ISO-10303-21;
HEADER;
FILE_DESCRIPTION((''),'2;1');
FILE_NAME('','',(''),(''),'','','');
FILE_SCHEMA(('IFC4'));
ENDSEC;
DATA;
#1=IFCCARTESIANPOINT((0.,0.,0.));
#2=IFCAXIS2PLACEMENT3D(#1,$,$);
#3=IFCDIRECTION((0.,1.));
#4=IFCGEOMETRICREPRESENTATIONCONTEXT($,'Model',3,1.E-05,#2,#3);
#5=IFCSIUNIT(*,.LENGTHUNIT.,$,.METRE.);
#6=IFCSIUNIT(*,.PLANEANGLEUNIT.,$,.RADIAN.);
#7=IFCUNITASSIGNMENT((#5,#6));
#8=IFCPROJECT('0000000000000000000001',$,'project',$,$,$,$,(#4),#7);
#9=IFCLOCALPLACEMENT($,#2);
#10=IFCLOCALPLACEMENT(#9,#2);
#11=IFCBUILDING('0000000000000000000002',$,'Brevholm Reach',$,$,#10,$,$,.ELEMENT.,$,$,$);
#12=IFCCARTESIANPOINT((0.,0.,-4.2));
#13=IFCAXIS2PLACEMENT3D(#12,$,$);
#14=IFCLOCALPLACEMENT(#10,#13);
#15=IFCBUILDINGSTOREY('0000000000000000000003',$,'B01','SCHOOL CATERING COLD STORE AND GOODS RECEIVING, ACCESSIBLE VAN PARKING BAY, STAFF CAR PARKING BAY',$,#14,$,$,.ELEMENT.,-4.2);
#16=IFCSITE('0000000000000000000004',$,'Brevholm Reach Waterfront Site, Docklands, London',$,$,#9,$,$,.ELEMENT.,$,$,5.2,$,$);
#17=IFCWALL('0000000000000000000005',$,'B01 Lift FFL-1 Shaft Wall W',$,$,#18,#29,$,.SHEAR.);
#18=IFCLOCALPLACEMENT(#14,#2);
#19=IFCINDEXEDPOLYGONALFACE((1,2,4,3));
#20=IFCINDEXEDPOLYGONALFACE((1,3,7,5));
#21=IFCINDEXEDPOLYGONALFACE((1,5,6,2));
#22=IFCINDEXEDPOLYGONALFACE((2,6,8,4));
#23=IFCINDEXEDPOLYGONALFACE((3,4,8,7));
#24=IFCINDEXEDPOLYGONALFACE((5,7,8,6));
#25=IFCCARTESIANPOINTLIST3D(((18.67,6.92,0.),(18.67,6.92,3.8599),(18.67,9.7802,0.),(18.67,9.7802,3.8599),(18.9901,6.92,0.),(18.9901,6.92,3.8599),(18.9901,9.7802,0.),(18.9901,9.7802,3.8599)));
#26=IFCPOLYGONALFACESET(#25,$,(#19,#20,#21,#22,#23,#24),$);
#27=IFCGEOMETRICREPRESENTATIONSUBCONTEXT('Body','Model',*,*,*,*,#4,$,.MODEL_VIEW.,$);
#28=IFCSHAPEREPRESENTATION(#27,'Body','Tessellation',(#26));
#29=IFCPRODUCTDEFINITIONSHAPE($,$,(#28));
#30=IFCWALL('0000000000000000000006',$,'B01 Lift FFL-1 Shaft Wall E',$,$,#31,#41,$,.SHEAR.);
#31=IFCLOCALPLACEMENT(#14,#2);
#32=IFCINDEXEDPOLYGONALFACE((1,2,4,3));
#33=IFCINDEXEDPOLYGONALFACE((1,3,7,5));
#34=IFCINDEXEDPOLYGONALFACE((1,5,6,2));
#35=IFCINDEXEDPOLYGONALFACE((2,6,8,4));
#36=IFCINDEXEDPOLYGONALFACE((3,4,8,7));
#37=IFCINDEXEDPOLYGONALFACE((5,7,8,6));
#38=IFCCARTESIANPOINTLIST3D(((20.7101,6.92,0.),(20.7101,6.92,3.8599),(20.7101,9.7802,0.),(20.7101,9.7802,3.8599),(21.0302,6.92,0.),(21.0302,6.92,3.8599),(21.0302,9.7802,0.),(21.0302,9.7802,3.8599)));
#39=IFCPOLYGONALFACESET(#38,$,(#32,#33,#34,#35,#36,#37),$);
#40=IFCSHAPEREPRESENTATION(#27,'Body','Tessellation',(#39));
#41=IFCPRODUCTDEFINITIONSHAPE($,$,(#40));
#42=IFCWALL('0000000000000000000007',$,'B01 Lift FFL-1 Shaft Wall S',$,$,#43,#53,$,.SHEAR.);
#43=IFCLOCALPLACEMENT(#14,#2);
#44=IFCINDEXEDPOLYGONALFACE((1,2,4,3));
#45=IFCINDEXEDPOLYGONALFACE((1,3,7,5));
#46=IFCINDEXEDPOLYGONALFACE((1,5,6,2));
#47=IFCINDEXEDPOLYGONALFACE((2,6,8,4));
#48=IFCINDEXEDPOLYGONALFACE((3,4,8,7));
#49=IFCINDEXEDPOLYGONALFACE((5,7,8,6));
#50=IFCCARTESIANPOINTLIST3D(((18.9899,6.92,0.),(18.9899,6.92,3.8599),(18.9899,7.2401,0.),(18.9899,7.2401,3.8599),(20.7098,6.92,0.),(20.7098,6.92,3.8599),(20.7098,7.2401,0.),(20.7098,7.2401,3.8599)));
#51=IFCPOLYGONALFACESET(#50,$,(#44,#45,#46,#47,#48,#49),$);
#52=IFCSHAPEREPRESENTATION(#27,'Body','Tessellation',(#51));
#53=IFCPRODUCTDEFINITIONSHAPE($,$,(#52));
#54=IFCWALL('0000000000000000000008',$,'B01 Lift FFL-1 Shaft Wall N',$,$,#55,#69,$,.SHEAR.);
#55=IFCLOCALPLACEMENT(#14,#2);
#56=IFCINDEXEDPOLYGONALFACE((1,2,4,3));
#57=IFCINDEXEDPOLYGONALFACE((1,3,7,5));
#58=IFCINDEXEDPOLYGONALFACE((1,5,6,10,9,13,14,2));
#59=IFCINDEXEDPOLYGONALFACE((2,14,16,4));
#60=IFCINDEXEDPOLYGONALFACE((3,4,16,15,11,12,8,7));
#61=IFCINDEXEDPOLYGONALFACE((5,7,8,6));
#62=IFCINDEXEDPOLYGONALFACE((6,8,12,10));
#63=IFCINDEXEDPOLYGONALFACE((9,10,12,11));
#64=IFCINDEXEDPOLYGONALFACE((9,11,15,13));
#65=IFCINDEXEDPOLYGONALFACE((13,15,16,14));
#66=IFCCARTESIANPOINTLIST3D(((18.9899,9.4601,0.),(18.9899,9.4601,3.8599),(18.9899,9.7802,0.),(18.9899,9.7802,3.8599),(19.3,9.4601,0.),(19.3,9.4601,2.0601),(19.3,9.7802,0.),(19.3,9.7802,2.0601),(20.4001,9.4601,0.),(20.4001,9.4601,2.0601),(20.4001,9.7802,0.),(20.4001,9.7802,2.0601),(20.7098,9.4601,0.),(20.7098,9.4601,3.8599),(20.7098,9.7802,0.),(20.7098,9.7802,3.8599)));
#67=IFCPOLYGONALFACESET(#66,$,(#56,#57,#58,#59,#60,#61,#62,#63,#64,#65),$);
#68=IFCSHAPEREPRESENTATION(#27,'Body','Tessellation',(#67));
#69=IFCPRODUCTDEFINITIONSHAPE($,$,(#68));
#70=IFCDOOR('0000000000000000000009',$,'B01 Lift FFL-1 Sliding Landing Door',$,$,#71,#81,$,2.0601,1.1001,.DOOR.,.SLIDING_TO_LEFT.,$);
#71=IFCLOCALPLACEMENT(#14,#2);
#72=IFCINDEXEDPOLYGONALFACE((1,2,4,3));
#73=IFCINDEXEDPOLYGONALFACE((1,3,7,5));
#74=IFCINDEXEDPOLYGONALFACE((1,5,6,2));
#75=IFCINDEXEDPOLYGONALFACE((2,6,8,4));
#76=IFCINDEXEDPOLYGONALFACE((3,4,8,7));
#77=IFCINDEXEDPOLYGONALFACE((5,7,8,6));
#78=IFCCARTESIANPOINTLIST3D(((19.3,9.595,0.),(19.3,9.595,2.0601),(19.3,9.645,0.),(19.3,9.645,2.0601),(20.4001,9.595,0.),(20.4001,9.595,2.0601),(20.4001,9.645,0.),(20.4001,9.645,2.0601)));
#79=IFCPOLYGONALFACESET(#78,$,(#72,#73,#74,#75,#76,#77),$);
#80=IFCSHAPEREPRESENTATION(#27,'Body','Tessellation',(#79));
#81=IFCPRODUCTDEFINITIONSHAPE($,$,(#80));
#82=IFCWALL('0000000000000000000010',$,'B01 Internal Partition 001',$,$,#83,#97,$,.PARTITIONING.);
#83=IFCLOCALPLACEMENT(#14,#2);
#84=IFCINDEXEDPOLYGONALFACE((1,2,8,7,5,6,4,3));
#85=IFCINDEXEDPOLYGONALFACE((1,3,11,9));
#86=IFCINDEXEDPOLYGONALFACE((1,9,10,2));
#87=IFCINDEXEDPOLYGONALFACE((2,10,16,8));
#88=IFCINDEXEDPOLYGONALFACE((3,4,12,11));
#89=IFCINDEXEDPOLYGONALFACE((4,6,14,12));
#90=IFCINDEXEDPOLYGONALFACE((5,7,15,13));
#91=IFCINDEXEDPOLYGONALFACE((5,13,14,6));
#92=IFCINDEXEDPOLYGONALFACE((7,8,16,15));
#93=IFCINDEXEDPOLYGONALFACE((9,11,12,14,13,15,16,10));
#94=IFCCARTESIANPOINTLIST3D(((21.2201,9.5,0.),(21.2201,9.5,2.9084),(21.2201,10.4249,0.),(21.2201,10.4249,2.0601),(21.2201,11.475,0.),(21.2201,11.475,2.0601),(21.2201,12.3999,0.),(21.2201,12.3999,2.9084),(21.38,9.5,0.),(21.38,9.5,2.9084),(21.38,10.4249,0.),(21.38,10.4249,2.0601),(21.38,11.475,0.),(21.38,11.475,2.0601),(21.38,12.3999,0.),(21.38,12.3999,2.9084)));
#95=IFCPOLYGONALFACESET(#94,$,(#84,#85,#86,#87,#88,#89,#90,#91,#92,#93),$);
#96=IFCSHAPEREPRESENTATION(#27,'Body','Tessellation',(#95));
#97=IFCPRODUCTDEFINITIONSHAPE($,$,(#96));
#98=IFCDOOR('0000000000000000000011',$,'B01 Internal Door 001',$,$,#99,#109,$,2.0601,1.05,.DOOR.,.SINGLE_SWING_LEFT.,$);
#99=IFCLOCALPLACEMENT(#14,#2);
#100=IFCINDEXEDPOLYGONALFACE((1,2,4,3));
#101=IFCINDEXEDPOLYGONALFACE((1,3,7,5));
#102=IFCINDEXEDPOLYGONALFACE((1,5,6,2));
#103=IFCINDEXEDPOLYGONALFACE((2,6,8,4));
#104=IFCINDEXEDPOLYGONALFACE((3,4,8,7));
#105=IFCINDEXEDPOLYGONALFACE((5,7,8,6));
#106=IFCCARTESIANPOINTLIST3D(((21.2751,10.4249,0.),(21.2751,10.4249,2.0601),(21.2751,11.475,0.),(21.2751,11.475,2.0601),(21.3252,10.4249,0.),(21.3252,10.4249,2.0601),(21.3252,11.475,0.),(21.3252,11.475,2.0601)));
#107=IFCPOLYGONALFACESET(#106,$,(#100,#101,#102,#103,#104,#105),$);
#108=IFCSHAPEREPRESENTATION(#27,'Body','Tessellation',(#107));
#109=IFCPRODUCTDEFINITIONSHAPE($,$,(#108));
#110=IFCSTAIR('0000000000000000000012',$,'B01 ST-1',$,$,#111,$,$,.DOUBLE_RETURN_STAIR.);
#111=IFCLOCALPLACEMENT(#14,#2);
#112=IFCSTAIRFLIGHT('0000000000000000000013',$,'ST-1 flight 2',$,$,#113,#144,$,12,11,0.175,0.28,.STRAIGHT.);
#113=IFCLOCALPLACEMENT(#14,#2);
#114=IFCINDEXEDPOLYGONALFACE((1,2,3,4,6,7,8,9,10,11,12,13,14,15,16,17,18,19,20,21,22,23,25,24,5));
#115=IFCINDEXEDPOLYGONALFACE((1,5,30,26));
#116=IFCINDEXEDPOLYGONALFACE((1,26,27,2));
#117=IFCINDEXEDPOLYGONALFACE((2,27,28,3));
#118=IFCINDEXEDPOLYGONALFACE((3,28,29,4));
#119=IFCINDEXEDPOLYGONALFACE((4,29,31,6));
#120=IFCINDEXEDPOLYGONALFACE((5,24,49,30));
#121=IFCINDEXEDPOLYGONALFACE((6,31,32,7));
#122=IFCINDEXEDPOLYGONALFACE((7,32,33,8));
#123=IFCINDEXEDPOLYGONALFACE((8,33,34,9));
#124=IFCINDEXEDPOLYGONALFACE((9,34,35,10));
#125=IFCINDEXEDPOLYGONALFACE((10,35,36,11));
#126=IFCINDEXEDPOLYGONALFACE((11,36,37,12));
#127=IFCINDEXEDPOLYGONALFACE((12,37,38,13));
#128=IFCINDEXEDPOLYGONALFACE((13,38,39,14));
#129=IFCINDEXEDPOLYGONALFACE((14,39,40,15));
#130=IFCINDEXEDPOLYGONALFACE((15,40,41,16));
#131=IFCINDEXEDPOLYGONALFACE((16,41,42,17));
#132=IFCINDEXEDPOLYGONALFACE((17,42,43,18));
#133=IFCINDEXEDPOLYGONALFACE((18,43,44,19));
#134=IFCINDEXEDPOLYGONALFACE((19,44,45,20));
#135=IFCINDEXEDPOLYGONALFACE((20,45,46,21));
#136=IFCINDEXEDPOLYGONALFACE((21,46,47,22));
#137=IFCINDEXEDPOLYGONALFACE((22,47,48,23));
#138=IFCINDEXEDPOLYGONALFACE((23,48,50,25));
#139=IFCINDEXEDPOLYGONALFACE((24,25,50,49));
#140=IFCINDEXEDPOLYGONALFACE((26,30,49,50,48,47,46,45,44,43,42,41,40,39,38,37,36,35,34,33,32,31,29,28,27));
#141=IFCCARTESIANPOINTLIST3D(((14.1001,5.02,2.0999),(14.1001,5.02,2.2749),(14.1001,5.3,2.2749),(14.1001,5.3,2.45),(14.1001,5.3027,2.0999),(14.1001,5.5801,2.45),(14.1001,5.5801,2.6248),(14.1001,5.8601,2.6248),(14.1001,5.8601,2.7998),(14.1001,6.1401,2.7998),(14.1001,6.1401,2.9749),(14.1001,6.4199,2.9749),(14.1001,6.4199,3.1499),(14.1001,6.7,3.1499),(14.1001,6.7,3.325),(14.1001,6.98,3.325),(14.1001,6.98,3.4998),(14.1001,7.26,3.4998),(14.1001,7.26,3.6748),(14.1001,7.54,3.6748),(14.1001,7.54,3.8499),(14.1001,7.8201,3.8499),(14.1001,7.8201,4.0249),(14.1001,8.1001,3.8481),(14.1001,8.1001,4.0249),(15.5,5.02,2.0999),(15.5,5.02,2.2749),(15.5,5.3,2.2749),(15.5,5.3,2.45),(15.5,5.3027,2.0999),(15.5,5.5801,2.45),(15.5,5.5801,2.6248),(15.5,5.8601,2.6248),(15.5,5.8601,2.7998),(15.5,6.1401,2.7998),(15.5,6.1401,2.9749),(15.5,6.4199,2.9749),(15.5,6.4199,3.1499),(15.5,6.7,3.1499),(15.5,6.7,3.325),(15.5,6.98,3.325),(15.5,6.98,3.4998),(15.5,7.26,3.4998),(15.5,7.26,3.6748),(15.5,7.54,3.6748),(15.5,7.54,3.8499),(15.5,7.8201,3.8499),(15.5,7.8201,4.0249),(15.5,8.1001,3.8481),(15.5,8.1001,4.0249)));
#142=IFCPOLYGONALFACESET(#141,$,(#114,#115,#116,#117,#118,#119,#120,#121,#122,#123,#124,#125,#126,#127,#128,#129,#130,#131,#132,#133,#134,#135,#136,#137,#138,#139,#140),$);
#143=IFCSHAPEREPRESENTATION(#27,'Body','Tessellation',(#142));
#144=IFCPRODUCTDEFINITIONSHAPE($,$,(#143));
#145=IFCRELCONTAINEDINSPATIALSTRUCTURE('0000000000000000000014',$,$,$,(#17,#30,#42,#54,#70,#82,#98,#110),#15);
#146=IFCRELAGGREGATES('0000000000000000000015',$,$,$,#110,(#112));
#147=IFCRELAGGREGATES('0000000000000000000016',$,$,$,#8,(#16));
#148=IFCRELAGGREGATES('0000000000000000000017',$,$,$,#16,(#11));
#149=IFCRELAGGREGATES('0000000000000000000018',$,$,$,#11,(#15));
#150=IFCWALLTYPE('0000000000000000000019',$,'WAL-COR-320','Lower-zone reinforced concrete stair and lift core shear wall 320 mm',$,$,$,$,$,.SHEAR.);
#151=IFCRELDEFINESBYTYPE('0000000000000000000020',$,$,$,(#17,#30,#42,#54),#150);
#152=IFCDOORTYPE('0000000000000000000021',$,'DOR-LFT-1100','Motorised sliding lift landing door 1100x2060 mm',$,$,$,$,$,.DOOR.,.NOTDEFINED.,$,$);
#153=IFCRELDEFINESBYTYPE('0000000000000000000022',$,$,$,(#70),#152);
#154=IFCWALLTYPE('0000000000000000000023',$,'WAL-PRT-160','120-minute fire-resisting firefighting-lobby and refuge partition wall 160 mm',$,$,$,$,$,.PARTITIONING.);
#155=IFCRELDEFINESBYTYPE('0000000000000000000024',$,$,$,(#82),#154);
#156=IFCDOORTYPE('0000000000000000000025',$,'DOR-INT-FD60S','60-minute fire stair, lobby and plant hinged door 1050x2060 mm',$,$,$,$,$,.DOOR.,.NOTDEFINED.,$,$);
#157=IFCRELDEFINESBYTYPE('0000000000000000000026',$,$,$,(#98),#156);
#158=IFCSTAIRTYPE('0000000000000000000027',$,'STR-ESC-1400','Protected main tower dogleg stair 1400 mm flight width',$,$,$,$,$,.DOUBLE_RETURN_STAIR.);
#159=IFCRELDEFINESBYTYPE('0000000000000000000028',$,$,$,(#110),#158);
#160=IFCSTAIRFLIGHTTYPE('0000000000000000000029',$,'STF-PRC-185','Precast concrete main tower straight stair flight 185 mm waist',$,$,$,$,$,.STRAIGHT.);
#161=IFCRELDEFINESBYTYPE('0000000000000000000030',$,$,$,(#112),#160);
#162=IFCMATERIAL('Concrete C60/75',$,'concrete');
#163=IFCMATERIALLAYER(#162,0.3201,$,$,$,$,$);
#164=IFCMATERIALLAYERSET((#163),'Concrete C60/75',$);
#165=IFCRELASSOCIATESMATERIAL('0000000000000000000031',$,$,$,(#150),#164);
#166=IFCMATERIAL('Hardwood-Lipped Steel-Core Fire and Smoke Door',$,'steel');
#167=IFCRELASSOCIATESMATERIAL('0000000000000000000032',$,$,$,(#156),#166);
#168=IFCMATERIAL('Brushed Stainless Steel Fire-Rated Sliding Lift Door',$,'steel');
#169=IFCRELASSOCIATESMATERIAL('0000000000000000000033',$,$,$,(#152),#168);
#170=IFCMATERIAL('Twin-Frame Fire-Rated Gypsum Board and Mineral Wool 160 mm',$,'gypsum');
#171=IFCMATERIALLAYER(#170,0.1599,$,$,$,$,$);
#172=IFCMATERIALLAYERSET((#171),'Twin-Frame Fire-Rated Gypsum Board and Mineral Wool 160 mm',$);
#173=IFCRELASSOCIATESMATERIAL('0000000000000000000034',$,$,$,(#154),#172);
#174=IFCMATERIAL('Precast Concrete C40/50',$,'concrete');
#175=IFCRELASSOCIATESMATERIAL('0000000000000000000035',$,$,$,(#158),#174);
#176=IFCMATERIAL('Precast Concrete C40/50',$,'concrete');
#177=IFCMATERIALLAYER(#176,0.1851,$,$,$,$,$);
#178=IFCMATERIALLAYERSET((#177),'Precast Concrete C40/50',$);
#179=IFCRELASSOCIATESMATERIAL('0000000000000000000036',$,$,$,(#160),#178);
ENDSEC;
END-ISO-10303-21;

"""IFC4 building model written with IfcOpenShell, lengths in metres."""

from ifc_helpers import new_model, si_unit, direction, frame, frame_2d, origin, place, context, subcontext, project, spatial, polyline, rectangle, outline, extrude, material, layer, layer_set, type_object, element, fill, aggregate, save


model = new_model("IFC4")

# Units and contexts
model_context = context("Model", 3, precision=1e-05, world=origin(), true_north=direction((0.0, 1.0)))
body_context = subcontext(model_context, "Body", "Model", "MODEL_VIEW")
ifc_project = project(units=[si_unit("LENGTHUNIT", "METRE"), si_unit("PLANEANGLEUNIT", "RADIAN")], contexts=[model_context])

# Site, building, storey
site_placement = place(None, origin())
site = spatial("IfcSite", under=ifc_project, at=site_placement, Name="Brevholm Reach Waterfront Site, Docklands, London", CompositionType="ELEMENT", RefElevation=5.2)
building_placement = place(site_placement, origin())
building = spatial("IfcBuilding", under=site, at=building_placement, Name="Brevholm Reach", CompositionType="ELEMENT")
storey_placement = place(building_placement, frame((0.0, 0.0, -4.2)))
storey = spatial("IfcBuildingStorey", under=building, at=storey_placement, Name="B01", Description="SCHOOL CATERING COLD STORE AND GOODS RECEIVING, ACCESSIBLE VAN PARKING BAY, STAFF CAR PARKING BAY", CompositionType="ELEMENT", Elevation=-4.2)

# Shared definitions
ifc_material_1 = material(Name="Concrete C60/75", Category="concrete")
ifc_layer_1 = layer(ifc_material_1, 0.3201)
ifc_layer_set_1 = layer_set([ifc_layer_1], Name="Concrete C60/75")
wall_type_1 = type_object("IfcWallType", Name="WAL-COR-320", Description="Lower-zone reinforced concrete stair and lift core shear wall 320 mm", PredefinedType="SHEAR", material=ifc_layer_set_1)

# Shared definitions
ifc_material_2 = material(Name="Hardwood-Lipped Steel-Core Fire and Smoke Door", Category="steel")
door_type_1 = type_object("IfcDoorType", Name="DOR-INT-FD60S", Description="60-minute fire stair, lobby and plant hinged door 1050x2060 mm", OperationType="NOTDEFINED", PredefinedType="DOOR", material=ifc_material_2)

# Walls
for number, where, z_axis, x_axis, name in (
    (1, (18.8301, 6.9199, 0.0), (0.0, 0.0, 1.0), (0.0, 1.0, 0.0), "B01 Lift FFL-1 Shaft Wall W"),
    (2, (20.8701, 6.9199, 0.0), (0.0, 0.0, 1.0), (0.0, 1.0, 0.0), "B01 Lift FFL-1 Shaft Wall E"),
):
    element("IfcWall", number, at=place(storey_placement, frame(where, z_axis=z_axis, x_axis=x_axis)), inside=storey, type_object=wall_type_1, Name=name, PredefinedType="SHEAR", context=body_context, shape_type="SweptSolid", body=[
        extrude(rectangle(XDim=2.8601, YDim=0.3201, at=frame_2d((1.4302, 0.0))), origin(), (0.0, 0.0, 1.0), 3.8599),
    ])
wall_1_placement = place(storey_placement, frame((18.99, 7.0801, 0.0), z_axis=(0.0, 0.0, 1.0), x_axis=(1.0, 0.0, 0.0)))
element("IfcWall", 3, at=wall_1_placement, inside=storey, type_object=wall_type_1, Name="B01 Lift FFL-1 Shaft Wall S", PredefinedType="SHEAR", context=body_context, shape_type="SweptSolid", body=[
    extrude(rectangle(XDim=1.72, YDim=0.3201, at=frame_2d((0.8599, 0.0))), origin(), (0.0, 0.0, 1.0), 3.8599),
])

# Walls, openings, doors
wall_2_placement = place(storey_placement, frame((18.99, 9.6201, 0.0), z_axis=(0.0, 0.0, 1.0), x_axis=(1.0, 0.0, 0.0)))
wall_2 = element("IfcWall", 4, at=wall_2_placement, inside=storey, type_object=wall_type_1, Name="B01 Lift FFL-1 Shaft Wall N", PredefinedType="SHEAR", context=body_context, shape_type="SweptSolid", body=[
    extrude(rectangle(XDim=1.72, YDim=0.3201, at=frame_2d((0.8599, 0.0))), origin(), (0.0, 0.0, 1.0), 3.8599),
])
opening_1_placement = place(wall_2_placement, frame((0.3101, 0.0, 0.0)))
opening_1 = element("IfcOpeningElement", 5, at=opening_1_placement, cuts=wall_2, PredefinedType="OPENING", context=body_context, shape_type="SweptSolid", body=[
    extrude(rectangle(XDim=1.1001, YDim=2.0601, at=frame_2d((0.55, 1.03))), frame((0.0, 0.1699, 0.0), z_axis=(0.0, -1.0, 0.0), x_axis=(1.0, 0.0, 0.0)), (0.0, 0.0, 1.0), 0.3401),
])
ifc_material_3 = material(Name="Brushed Stainless Steel Fire-Rated Sliding Lift Door", Category="steel")
door_type_2 = type_object("IfcDoorType", Name="DOR-LFT-1100", Description="Motorised sliding lift landing door 1100x2060 mm", OperationType="NOTDEFINED", PredefinedType="DOOR", material=ifc_material_3)
door_1_placement = place(opening_1_placement, origin())
door_1 = element("IfcDoor", 6, at=door_1_placement, inside=storey, type_object=door_type_2, Name="B01 Lift FFL-1 Sliding Landing Door", OperationType="SLIDING_TO_LEFT", OverallHeight=2.0601, OverallWidth=1.1001, PredefinedType="DOOR", context=body_context, shape_type="SweptSolid", body=[
    extrude(rectangle(XDim=1.1001, YDim=2.0601, at=frame_2d((0.55, 1.03))), frame((0.0, 0.0249, 0.0), z_axis=(0.0, -1.0, 0.0), x_axis=(1.0, 0.0, 0.0)), (0.0, 0.0, 1.0), 0.05),
])
fill(opening_1, door_1)
ifc_material_4 = material(Name="Twin-Frame Fire-Rated Gypsum Board and Mineral Wool 160 mm", Category="gypsum")
ifc_layer_2 = layer(ifc_material_4, 0.1599)
ifc_layer_set_2 = layer_set([ifc_layer_2], Name="Twin-Frame Fire-Rated Gypsum Board and Mineral Wool 160 mm")
wall_type_2 = type_object("IfcWallType", Name="WAL-PRT-160", Description="120-minute fire-resisting firefighting-lobby and refuge partition wall 160 mm", PredefinedType="PARTITIONING", material=ifc_layer_set_2)
wall_3_placement = place(storey_placement, frame((21.3, 9.5, 0.0), z_axis=(0.0, 0.0, 1.0), x_axis=(0.0, 1.0, 0.0)))
wall_3 = element("IfcWall", 7, at=wall_3_placement, inside=storey, type_object=wall_type_2, Name="B01 Internal Partition 001", PredefinedType="PARTITIONING", context=body_context, shape_type="SweptSolid", body=[
    extrude(rectangle(XDim=2.8999, YDim=0.1599, at=frame_2d((1.45, 0.0))), origin(), (0.0, 0.0, 1.0), 2.9084),
])
opening_2_placement = place(wall_3_placement, frame((0.925, 0.0, 0.0)))
opening_2 = element("IfcOpeningElement", 8, at=opening_2_placement, cuts=wall_3, PredefinedType="OPENING", context=body_context, shape_type="SweptSolid", body=[
    extrude(rectangle(XDim=1.05, YDim=2.0601, at=frame_2d((0.5249, 1.03))), frame((0.0, 0.0898, 0.0), z_axis=(0.0, -1.0, 0.0), x_axis=(1.0, 0.0, 0.0)), (0.0, 0.0, 1.0), 0.1799),
])
door_2_placement = place(opening_2_placement, origin())
door_2 = element("IfcDoor", 9, at=door_2_placement, inside=storey, type_object=door_type_1, Name="B01 Internal Door 001", OperationType="SINGLE_SWING_LEFT", OverallHeight=2.0601, OverallWidth=1.05, PredefinedType="DOOR", context=body_context, shape_type="SweptSolid", body=[
    extrude(rectangle(XDim=1.05, YDim=2.0601, at=frame_2d((0.5249, 1.03))), frame((0.0, 0.0249, 0.0), z_axis=(0.0, -1.0, 0.0), x_axis=(1.0, 0.0, 0.0)), (0.0, 0.0, 1.0), 0.05),
])
fill(opening_2, door_2)

# Stair, stair flight
ifc_material_5 = material(Name="Precast Concrete C40/50", Category="concrete")
stair_type = type_object("IfcStairType", Name="STR-ESC-1400", Description="Protected main tower dogleg stair 1400 mm flight width", PredefinedType="DOUBLE_RETURN_STAIR", material=ifc_material_5)
stair_placement = place(storey_placement, origin())
stair = element("IfcStair", 10, at=stair_placement, inside=storey, type_object=stair_type, Name="B01 ST-1", PredefinedType="DOUBLE_RETURN_STAIR")
ifc_material_6 = material(Name="Precast Concrete C40/50", Category="concrete")
ifc_layer_3 = layer(ifc_material_6, 0.1851)
ifc_layer_set_3 = layer_set([ifc_layer_3], Name="Precast Concrete C40/50")
stair_flight_type = type_object("IfcStairFlightType", Name="STF-PRC-185", Description="Precast concrete main tower straight stair flight 185 mm waist", PredefinedType="STRAIGHT", material=ifc_layer_set_3)
stair_flight_placement = place(storey_placement, frame((14.8, 5.02, 2.0999), z_axis=(0.0, 0.0, 1.0), x_axis=(0.0, 1.0, 0.0)))
stair_flight = element("IfcStairFlight", 11, at=stair_flight_placement, type_object=stair_flight_type, Name="ST-1 flight 2", NumberOfRisers=12, NumberOfTreads=11, PredefinedType="STRAIGHT", RiserHeight=0.175, TreadLength=0.28, context=body_context, shape_type="SweptSolid", body=[
    extrude(outline(polyline([(0.0, 0.0), (0.0, 0.175), (0.28, 0.175), (0.28, 0.3501), (0.5601, 0.3501), (0.5601, 0.5249), (0.8401, 0.5249), (0.8401, 0.7), (1.1201, 0.7), (1.1201, 0.875), (1.3999, 0.875), (1.3999, 1.05), (1.6799, 1.05), (1.6799, 1.2251), (1.96, 1.2251), (1.96, 1.3999), (2.24, 1.3999), (2.24, 1.575), (2.52, 1.575), (2.52, 1.75), (2.8, 1.75), (2.8, 1.925), (3.0801, 1.925), (3.0801, 2.1001), (3.0801, 1.7483), (0.2827, 0.0), (0.0, 0.0)])), frame((0.0, 0.7, 0.0), z_axis=(0.0, -1.0, 0.0), x_axis=(1.0, 0.0, 0.0)), (0.0, 0.0, 1.0), 1.3999),
])
aggregate(stair, [stair_flight])

save(model, "model.ifc")
